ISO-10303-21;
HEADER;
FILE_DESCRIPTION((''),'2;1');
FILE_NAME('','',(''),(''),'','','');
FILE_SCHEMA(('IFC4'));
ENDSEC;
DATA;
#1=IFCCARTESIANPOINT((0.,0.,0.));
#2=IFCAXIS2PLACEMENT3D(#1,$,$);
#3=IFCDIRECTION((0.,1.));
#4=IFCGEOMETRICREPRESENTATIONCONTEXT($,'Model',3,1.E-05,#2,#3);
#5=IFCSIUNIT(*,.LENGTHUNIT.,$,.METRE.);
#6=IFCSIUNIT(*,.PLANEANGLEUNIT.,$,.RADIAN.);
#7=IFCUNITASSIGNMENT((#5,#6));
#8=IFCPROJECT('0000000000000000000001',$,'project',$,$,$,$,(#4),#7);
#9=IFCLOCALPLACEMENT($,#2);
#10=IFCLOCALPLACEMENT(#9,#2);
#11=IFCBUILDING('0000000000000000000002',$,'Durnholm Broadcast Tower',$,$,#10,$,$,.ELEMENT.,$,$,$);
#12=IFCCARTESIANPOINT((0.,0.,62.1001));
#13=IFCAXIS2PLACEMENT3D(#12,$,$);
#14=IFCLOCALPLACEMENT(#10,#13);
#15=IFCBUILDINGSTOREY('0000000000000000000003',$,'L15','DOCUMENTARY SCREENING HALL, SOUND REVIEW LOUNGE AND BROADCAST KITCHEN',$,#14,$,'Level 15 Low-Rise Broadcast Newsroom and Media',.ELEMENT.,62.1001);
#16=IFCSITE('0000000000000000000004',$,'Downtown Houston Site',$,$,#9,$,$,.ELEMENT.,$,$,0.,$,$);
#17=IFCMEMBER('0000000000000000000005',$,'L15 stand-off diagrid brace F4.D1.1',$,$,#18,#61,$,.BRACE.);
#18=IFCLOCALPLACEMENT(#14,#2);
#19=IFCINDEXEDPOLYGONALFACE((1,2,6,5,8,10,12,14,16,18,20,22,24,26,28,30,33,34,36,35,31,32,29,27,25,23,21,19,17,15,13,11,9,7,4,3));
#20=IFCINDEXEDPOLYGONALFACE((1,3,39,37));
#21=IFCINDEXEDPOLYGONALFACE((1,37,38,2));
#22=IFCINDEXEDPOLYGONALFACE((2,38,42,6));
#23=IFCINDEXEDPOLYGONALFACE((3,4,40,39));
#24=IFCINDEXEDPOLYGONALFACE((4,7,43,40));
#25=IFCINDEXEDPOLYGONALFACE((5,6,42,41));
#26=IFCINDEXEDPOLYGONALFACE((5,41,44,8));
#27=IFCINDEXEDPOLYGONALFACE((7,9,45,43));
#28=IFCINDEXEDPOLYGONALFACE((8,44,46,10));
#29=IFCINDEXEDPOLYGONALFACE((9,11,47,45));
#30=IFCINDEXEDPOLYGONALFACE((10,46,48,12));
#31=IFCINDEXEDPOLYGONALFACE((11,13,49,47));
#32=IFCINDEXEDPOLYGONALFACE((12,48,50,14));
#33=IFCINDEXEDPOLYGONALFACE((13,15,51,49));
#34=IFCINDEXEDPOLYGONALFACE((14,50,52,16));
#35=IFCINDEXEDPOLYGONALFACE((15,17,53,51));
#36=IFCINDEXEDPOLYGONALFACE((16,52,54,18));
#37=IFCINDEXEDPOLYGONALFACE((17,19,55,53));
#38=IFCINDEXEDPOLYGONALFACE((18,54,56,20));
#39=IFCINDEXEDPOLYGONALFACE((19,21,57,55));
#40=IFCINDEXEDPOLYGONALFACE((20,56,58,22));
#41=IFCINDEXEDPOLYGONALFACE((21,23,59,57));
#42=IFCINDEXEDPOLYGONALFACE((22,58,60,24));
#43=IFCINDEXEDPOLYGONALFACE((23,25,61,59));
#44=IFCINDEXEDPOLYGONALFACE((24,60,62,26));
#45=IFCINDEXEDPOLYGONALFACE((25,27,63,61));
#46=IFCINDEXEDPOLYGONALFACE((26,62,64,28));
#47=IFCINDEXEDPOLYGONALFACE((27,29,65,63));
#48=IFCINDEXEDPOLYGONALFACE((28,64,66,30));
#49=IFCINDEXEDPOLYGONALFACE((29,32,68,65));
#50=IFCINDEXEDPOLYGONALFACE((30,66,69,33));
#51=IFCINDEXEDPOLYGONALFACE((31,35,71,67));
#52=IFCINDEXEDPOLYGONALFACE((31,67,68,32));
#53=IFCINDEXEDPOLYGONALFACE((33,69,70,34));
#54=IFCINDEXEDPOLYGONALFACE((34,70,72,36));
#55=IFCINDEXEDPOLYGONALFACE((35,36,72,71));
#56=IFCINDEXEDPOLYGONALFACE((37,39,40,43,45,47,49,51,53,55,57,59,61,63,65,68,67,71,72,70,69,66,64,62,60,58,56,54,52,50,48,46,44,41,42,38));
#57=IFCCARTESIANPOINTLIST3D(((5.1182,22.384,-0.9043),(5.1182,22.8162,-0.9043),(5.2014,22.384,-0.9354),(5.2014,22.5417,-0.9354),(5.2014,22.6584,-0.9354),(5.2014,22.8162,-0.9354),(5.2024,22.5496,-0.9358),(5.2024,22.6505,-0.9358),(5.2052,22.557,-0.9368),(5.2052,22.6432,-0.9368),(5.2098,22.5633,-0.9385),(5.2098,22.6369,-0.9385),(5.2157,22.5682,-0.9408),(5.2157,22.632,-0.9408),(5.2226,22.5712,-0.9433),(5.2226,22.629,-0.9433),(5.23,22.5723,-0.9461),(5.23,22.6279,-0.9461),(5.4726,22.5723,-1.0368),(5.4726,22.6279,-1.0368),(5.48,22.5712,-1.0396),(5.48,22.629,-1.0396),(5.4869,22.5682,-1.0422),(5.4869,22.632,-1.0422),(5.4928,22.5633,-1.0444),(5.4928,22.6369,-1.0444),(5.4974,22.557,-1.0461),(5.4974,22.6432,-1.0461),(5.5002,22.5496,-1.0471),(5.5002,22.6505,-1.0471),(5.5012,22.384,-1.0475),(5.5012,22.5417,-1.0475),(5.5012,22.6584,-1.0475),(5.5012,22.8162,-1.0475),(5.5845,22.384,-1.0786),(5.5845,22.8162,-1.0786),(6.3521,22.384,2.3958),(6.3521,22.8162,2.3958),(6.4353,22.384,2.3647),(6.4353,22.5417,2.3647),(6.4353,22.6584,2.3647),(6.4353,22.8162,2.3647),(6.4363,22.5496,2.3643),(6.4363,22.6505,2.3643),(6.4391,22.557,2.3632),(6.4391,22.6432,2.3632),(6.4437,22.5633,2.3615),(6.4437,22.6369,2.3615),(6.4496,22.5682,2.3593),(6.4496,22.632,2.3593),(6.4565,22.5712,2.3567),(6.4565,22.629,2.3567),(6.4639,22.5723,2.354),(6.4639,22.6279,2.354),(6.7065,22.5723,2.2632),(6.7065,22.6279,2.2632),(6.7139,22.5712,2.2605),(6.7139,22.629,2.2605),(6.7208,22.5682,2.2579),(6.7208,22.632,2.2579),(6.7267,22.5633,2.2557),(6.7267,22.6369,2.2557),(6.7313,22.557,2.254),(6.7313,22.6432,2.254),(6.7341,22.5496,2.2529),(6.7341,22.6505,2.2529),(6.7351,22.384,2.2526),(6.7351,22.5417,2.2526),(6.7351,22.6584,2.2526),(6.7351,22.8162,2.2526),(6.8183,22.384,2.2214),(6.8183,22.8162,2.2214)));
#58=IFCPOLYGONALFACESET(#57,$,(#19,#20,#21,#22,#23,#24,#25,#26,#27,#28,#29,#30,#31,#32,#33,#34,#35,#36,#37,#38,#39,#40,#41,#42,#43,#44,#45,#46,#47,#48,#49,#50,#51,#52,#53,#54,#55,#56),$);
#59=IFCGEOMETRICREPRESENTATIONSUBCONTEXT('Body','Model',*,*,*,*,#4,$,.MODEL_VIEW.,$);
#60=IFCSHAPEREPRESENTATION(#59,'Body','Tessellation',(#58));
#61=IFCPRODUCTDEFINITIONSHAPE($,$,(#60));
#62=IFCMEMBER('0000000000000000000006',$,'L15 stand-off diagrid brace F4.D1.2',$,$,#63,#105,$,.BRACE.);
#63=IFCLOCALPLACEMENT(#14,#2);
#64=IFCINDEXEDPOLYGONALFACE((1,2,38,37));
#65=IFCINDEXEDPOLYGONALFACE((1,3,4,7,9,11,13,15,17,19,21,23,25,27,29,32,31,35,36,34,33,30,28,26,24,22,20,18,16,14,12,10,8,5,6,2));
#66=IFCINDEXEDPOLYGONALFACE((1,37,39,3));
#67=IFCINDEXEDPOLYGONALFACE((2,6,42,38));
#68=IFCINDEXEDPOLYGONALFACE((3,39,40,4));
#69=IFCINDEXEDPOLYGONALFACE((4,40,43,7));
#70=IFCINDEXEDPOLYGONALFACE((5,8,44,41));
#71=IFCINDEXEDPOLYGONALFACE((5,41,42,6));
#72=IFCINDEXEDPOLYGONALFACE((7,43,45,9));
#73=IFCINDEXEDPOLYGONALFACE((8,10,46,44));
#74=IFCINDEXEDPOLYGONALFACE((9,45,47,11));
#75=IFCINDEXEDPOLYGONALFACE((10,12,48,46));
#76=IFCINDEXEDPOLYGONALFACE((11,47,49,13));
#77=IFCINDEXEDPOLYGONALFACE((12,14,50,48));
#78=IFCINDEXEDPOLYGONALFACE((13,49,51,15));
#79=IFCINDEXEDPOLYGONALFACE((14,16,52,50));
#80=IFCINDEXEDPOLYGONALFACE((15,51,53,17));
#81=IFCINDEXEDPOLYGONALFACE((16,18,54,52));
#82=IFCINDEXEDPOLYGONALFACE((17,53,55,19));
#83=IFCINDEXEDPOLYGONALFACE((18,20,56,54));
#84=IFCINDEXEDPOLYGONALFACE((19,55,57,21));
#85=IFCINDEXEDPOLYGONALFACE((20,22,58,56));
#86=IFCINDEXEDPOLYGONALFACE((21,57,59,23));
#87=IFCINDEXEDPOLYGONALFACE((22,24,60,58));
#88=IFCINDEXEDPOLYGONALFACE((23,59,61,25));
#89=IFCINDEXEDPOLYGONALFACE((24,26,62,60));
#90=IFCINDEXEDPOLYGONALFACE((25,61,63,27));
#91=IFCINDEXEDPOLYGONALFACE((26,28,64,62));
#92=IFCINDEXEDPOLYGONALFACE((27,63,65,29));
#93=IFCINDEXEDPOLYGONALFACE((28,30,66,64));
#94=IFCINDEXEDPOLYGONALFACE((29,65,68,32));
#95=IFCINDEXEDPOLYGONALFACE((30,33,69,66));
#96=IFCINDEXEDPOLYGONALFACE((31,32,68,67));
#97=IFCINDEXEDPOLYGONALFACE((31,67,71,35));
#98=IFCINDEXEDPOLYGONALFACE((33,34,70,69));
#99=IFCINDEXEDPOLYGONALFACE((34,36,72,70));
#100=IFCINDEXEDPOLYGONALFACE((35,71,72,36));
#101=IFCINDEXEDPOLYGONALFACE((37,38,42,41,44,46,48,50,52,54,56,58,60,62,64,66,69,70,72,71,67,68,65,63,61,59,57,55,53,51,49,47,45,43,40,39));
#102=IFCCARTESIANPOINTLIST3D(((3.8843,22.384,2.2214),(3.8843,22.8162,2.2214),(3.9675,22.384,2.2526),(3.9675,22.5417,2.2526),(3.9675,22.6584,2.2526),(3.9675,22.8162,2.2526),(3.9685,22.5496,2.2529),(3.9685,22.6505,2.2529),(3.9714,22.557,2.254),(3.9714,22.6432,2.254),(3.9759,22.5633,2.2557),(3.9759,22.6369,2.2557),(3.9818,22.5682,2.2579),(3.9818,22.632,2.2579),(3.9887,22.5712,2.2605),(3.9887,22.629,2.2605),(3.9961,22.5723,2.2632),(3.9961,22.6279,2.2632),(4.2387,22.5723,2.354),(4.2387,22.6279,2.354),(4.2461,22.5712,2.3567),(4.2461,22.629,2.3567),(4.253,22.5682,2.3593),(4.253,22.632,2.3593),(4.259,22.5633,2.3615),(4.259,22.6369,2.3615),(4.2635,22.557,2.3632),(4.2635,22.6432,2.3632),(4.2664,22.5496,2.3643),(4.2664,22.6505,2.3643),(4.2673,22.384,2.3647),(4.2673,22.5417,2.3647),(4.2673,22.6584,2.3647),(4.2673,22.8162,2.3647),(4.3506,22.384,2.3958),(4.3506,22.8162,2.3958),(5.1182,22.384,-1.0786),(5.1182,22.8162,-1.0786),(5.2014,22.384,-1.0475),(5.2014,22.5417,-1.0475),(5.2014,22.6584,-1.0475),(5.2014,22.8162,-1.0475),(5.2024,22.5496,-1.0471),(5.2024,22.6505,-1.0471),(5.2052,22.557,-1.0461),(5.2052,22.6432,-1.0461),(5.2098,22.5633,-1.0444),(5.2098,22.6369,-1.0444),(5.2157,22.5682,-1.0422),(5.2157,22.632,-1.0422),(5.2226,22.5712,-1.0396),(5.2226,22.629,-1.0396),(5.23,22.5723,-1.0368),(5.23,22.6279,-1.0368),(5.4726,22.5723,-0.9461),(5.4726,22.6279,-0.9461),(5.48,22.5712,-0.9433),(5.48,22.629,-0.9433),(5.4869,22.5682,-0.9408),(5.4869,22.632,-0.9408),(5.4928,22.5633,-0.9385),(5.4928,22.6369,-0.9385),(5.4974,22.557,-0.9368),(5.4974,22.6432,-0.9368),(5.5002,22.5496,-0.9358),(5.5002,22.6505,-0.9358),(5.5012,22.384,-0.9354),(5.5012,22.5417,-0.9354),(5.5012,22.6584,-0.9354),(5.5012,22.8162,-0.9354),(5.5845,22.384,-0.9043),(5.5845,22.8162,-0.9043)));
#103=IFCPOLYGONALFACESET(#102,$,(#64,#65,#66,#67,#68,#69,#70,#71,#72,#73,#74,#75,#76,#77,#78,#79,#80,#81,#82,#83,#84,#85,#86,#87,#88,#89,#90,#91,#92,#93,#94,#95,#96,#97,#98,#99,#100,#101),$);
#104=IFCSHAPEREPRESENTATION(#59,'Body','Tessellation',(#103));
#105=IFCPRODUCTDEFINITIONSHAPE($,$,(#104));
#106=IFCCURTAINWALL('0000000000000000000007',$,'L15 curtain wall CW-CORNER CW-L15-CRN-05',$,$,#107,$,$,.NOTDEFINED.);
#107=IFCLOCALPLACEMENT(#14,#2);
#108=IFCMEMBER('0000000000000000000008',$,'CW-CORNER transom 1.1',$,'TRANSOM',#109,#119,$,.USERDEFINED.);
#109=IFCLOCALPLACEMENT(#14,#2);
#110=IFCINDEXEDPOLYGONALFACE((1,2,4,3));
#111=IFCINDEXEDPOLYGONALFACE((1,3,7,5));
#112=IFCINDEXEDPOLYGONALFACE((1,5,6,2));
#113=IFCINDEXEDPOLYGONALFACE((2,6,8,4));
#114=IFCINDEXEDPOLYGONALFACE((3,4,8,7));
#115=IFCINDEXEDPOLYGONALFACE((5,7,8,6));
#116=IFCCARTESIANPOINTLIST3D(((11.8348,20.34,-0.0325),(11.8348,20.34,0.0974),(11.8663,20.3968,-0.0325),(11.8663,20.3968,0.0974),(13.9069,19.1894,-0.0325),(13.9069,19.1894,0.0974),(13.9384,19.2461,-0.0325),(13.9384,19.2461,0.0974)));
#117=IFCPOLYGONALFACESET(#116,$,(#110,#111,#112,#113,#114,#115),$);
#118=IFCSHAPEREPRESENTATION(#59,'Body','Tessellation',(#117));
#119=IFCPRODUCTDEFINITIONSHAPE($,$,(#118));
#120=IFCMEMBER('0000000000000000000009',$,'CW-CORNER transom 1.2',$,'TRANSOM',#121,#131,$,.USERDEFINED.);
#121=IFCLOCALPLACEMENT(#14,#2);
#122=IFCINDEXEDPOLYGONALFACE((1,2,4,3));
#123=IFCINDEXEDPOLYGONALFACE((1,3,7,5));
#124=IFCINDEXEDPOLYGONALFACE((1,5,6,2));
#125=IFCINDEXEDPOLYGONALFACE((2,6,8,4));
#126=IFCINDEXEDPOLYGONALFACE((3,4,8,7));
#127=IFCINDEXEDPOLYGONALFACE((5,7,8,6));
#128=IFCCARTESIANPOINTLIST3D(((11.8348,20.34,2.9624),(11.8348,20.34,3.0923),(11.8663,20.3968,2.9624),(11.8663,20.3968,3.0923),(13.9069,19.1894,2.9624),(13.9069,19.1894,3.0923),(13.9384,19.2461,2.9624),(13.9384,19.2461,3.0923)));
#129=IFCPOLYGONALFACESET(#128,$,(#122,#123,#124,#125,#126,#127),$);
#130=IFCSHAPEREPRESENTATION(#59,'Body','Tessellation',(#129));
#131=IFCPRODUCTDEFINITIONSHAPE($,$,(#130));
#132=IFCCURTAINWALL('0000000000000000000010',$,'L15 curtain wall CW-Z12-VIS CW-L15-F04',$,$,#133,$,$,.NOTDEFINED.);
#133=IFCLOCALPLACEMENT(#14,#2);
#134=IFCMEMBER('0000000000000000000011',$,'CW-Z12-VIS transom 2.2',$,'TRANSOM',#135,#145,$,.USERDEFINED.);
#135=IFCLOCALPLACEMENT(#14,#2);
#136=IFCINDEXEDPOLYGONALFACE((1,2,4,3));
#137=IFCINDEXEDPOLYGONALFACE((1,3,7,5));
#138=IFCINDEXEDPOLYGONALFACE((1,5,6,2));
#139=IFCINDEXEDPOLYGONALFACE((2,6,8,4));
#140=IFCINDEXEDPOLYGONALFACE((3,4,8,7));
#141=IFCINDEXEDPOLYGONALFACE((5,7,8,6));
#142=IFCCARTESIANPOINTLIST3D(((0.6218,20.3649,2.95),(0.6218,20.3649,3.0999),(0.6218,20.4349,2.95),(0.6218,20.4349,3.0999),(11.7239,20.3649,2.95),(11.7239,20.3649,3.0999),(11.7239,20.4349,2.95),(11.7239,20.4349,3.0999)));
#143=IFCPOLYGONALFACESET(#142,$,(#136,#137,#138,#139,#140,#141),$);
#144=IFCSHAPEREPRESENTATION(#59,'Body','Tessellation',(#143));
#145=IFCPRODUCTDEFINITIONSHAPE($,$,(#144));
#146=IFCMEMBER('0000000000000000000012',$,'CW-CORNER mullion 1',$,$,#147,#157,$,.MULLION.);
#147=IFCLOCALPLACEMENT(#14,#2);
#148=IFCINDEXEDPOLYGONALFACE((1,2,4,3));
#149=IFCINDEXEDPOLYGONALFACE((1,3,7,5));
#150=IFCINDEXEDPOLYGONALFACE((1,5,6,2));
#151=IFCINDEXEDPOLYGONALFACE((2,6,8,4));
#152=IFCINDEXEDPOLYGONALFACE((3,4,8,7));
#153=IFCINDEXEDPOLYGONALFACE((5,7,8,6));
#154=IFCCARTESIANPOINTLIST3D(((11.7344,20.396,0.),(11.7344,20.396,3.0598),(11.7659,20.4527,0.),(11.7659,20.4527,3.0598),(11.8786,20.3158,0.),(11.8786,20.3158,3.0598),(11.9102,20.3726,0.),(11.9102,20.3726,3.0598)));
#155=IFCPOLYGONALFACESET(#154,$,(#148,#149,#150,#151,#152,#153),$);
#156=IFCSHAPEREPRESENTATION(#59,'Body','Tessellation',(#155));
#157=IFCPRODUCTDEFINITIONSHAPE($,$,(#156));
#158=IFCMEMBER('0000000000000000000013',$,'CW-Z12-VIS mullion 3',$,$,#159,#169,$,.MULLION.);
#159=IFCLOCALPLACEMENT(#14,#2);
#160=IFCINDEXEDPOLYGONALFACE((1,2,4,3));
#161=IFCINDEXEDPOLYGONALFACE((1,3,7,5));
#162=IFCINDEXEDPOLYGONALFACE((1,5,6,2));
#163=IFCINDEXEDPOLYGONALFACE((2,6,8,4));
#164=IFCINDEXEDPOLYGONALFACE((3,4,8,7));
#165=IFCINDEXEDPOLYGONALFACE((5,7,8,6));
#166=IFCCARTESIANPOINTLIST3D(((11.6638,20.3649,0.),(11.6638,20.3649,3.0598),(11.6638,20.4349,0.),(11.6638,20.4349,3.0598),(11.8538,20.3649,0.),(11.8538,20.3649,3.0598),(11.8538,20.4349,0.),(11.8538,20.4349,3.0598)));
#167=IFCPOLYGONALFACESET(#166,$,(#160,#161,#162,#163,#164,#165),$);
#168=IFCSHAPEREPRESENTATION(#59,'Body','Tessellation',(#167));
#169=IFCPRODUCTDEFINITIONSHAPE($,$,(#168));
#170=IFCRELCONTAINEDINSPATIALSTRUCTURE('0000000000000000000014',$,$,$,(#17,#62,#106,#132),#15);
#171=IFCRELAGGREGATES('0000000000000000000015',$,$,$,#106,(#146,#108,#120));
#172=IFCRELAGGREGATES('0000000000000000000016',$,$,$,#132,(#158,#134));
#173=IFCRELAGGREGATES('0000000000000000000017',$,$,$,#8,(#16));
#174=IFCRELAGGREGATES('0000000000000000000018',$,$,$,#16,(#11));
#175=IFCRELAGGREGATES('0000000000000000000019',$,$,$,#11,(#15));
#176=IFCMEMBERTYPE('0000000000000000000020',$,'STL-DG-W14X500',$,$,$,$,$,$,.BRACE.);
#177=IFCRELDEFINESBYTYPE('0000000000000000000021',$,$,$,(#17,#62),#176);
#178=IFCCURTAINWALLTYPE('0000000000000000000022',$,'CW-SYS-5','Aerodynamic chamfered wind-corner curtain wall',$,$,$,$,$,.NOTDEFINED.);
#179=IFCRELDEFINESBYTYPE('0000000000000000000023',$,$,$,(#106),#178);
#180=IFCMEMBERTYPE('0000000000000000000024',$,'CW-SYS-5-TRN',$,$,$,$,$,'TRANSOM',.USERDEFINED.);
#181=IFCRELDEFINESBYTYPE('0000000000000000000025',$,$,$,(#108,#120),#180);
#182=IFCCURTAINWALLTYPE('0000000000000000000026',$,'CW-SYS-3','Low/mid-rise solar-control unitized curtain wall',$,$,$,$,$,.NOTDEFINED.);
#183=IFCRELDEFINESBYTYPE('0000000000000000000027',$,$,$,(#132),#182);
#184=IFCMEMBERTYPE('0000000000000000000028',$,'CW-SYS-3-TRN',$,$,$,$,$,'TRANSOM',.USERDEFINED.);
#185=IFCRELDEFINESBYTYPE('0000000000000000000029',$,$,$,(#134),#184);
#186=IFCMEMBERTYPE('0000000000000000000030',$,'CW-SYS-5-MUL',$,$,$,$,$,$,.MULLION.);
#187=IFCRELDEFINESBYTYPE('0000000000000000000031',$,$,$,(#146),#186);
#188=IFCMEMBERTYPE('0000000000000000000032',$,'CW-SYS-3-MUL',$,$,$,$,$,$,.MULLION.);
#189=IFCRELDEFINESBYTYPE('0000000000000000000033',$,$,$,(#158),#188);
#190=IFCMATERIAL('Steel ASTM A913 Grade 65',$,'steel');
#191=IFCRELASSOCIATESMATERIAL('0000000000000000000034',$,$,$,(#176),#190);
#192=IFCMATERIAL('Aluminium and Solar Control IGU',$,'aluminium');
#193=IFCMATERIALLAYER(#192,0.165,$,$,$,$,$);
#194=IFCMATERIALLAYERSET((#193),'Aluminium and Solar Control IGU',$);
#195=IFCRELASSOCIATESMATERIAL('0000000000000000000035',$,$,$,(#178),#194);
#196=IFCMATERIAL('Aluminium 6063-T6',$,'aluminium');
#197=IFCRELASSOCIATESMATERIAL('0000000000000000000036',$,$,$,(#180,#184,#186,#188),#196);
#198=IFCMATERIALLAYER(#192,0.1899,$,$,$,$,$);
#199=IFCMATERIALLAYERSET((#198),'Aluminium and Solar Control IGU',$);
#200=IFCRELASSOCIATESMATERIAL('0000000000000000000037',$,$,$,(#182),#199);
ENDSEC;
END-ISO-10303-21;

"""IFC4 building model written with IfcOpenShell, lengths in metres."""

from ifc_helpers import new_model, si_unit, direction, frame, origin, origin_2d, place, context, subcontext, project, spatial, rectangle, i_section, extrude, source, transform, mapped, material, layer, layer_set, material_profile, profile_set, type_object, type_shapes, element, aggregate, save


model = new_model("IFC4")

# Units and contexts
model_context = context("Model", 3, precision=1e-05, world=origin(), true_north=direction((0.0, 1.0)))
body_context = subcontext(model_context, "Body", "Model", "MODEL_VIEW")
ifc_project = project(units=[si_unit("LENGTHUNIT", "METRE"), si_unit("PLANEANGLEUNIT", "RADIAN")], contexts=[model_context])

# Site, building, storey
site_placement = place(None, origin())
site = spatial("IfcSite", under=ifc_project, at=site_placement, Name="Downtown Houston Site", CompositionType="ELEMENT", RefElevation=0.0)
building_placement = place(site_placement, origin())
building = spatial("IfcBuilding", under=site, at=building_placement, Name="Durnholm Broadcast Tower", CompositionType="ELEMENT")
storey_placement = place(building_placement, frame((0.0, 0.0, 62.1001)))
storey = spatial("IfcBuildingStorey", under=building, at=storey_placement, Name="L15", Description="DOCUMENTARY SCREENING HALL, SOUND REVIEW LOUNGE AND BROADCAST KITCHEN", LongName="Level 15 Low-Rise Broadcast Newsroom and Media", CompositionType="ELEMENT", Elevation=62.1001)

# Members
ifc_material_1 = material(Name="Steel ASTM A913 Grade 65", Category="steel")
ifc_material_profile_1 = material_profile(ifc_material_1, i_section(OverallWidth=0.4321, OverallDepth=0.4978, WebThickness=0.0557, FlangeThickness=0.0889, FilletRadius=0.0305, at=origin_2d()), Name="W14X500")
ifc_profile_set_1 = profile_set([ifc_material_profile_1], Name="Steel ASTM A913 Grade 65")
member_type_1 = type_object("IfcMemberType", Name="STL-DG-W14X500", PredefinedType="BRACE", material=ifc_profile_set_1)
shared_shape_1 = source(origin(), body_context, "Body", "SweptSolid", [
    extrude(i_section(OverallWidth=0.4321, OverallDepth=0.4978, WebThickness=0.0557, FlangeThickness=0.0889, FilletRadius=0.0305, at=origin_2d()), origin(), (0.0, 0.0, 1.0), 3.5232),
])
type_shapes(member_type_1, [shared_shape_1])
for number, where, z_axis, x_axis, name in (
    (1, (5.3513, 22.6001, -0.9915), (0.35022, 0.0, 0.936668), (0.0, 1.0, 0.0), "L15 stand-off diagrid brace F4.D1.1"),
    (2, (5.3513, 22.6001, -0.9915), (-0.35022, 0.0, 0.936668), (0.0, -1.0, 0.0), "L15 stand-off diagrid brace F4.D1.2"),
):
    element("IfcMember", number, at=place(storey_placement, frame(where, z_axis=z_axis, x_axis=x_axis)), inside=storey, type_object=member_type_1, Name=name, PredefinedType="BRACE", context=body_context, shape_type="MappedRepresentation", body=[
        mapped(shared_shape_1, transform((0.0, 0.0, 0.0), x_axis=(1.0, 0.0, 0.0), y_axis=(0.0, 1.0, 0.0), z_axis=(0.0, 0.0, 1.0), scale=1.0)),
    ])

# Curtain wall, members
ifc_material_2 = material(Name="Aluminium and Solar Control IGU", Category="aluminium")
ifc_layer_1 = layer(ifc_material_2, 0.165)
ifc_layer_set_1 = layer_set([ifc_layer_1], Name="Aluminium and Solar Control IGU")
curtain_wall_type_1 = type_object("IfcCurtainWallType", Name="CW-SYS-5", Description="Aerodynamic chamfered wind-corner curtain wall", PredefinedType="NOTDEFINED", material=ifc_layer_set_1)
curtain_wall_1_placement = place(storey_placement, origin())
curtain_wall_1 = element("IfcCurtainWall", 3, at=curtain_wall_1_placement, inside=storey, type_object=curtain_wall_type_1, Name="L15 curtain wall CW-CORNER CW-L15-CRN-05", PredefinedType="NOTDEFINED")
ifc_material_3 = material(Name="Aluminium 6063-T6", Category="aluminium")
ifc_material_profile_2 = material_profile(ifc_material_3, rectangle(XDim=0.0649, YDim=0.1299, at=origin_2d()), Name="CWT65X130")
ifc_profile_set_2 = profile_set([ifc_material_profile_2], Name="Aluminium 6063-T6")
member_type_2 = type_object("IfcMemberType", Name="CW-SYS-5-TRN", ElementType="TRANSOM", PredefinedType="USERDEFINED", material=ifc_profile_set_2)
shared_shape_2 = source(origin(), body_context, "Body", "SweptSolid", [
    extrude(rectangle(XDim=0.0649, YDim=0.1299, at=origin_2d()), origin(), (0.0, 0.0, 1.0), 2.3701),
])
type_shapes(member_type_2, [shared_shape_2])
member_1_placement = place(storey_placement, frame((11.8506, 20.3684, 0.0325), z_axis=(0.874245, -0.485485, 0.0), x_axis=(0.485485, 0.874245, 0.0)))
member_1 = element("IfcMember", 4, at=member_1_placement, type_object=member_type_2, Name="CW-CORNER transom 1.1", ObjectType="TRANSOM", PredefinedType="USERDEFINED", context=body_context, shape_type="MappedRepresentation", body=[
    mapped(shared_shape_2, transform((0.0, 0.0, 0.0), x_axis=(1.0, 0.0, 0.0), y_axis=(0.0, 1.0, 0.0), z_axis=(0.0, 0.0, 1.0), scale=1.0)),
])
member_2_placement = place(storey_placement, frame((11.8506, 20.3684, 3.0273), z_axis=(0.874245, -0.485485, 0.0), x_axis=(0.485485, 0.874245, 0.0)))
member_2 = element("IfcMember", 5, at=member_2_placement, type_object=member_type_2, Name="CW-CORNER transom 1.2", ObjectType="TRANSOM", PredefinedType="USERDEFINED", context=body_context, shape_type="MappedRepresentation", body=[
    mapped(shared_shape_2, transform((0.0, 0.0, 0.0), x_axis=(1.0, 0.0, 0.0), y_axis=(0.0, 1.0, 0.0), z_axis=(0.0, 0.0, 1.0), scale=1.0)),
])

# Curtain wall, member
ifc_layer_2 = layer(ifc_material_2, 0.1899)
ifc_layer_set_2 = layer_set([ifc_layer_2], Name="Aluminium and Solar Control IGU")
curtain_wall_type_2 = type_object("IfcCurtainWallType", Name="CW-SYS-3", Description="Low/mid-rise solar-control unitized curtain wall", PredefinedType="NOTDEFINED", material=ifc_layer_set_2)
curtain_wall_2_placement = place(storey_placement, origin())
curtain_wall_2 = element("IfcCurtainWall", 6, at=curtain_wall_2_placement, inside=storey, type_object=curtain_wall_type_2, Name="L15 curtain wall CW-Z12-VIS CW-L15-F04", PredefinedType="NOTDEFINED")
ifc_material_profile_3 = material_profile(ifc_material_3, rectangle(XDim=0.0701, YDim=0.1499, at=origin_2d()), Name="CWT70X150")
ifc_profile_set_3 = profile_set([ifc_material_profile_3], Name="Aluminium 6063-T6")
member_type_3 = type_object("IfcMemberType", Name="CW-SYS-3-TRN", ElementType="TRANSOM", PredefinedType="USERDEFINED", material=ifc_profile_set_3)
shared_shape_3 = source(origin(), body_context, "Body", "SweptSolid", [
    extrude(rectangle(XDim=0.0701, YDim=0.1499, at=origin_2d()), origin(), (0.0, 0.0, 1.0), 11.1021),
])
type_shapes(member_type_3, [shared_shape_3])
member_3_placement = place(storey_placement, frame((0.6218, 20.3999, 3.0249), z_axis=(1.0, 0.0, 0.0), x_axis=(0.0, 1.0, 0.0)))
member_3 = element("IfcMember", 7, at=member_3_placement, type_object=member_type_3, Name="CW-Z12-VIS transom 2.2", ObjectType="TRANSOM", PredefinedType="USERDEFINED", context=body_context, shape_type="MappedRepresentation", body=[
    mapped(shared_shape_3, transform((0.0, 0.0, 0.0), x_axis=(1.0, 0.0, 0.0), y_axis=(0.0, 1.0, 0.0), z_axis=(0.0, 0.0, 1.0), scale=1.0)),
])

# Members
ifc_material_profile_4 = material_profile(ifc_material_3, rectangle(XDim=0.0649, YDim=0.165, at=origin_2d()), Name="CWM65X165")
ifc_profile_set_4 = profile_set([ifc_material_profile_4], Name="Aluminium 6063-T6")
member_type_4 = type_object("IfcMemberType", Name="CW-SYS-5-MUL", PredefinedType="MULLION", material=ifc_profile_set_4)
shared_shape_4 = source(origin(), body_context, "Body", "SweptSolid", [
    extrude(rectangle(XDim=0.0649, YDim=0.165, at=origin_2d()), origin(), (0.0, 0.0, 1.0), 3.0598),
])
type_shapes(member_type_4, [shared_shape_4])
member_4_placement = place(storey_placement, frame((11.8223, 20.3843, 0.0), z_axis=(0.0, 0.0, 1.0), x_axis=(0.485483, 0.874246, 0.0)))
member_4 = element("IfcMember", 8, at=member_4_placement, type_object=member_type_4, Name="CW-CORNER mullion 1", PredefinedType="MULLION", context=body_context, shape_type="MappedRepresentation", body=[
    mapped(shared_shape_4, transform((0.0, 0.0, 0.0), x_axis=(1.0, 0.0, 0.0), y_axis=(0.0, 1.0, 0.0), z_axis=(0.0, 0.0, 1.0), scale=1.0)),
])
aggregate(curtain_wall_1, [member_4, member_1, member_2])
ifc_material_profile_5 = material_profile(ifc_material_3, rectangle(XDim=0.0701, YDim=0.1899, at=origin_2d()), Name="CWM70X190")
ifc_profile_set_5 = profile_set([ifc_material_profile_5], Name="Aluminium 6063-T6")
member_type_5 = type_object("IfcMemberType", Name="CW-SYS-3-MUL", PredefinedType="MULLION", material=ifc_profile_set_5)
shared_shape_5 = source(origin(), body_context, "Body", "SweptSolid", [
    extrude(rectangle(XDim=0.0701, YDim=0.1899, at=origin_2d()), origin(), (0.0, 0.0, 1.0), 3.0598),
])
type_shapes(member_type_5, [shared_shape_5])
member_5_placement = place(storey_placement, frame((11.7588, 20.3999, 0.0), z_axis=(0.0, 0.0, 1.0), x_axis=(0.0, 1.0, 0.0)))
member_5 = element("IfcMember", 9, at=member_5_placement, type_object=member_type_5, Name="CW-Z12-VIS mullion 3", PredefinedType="MULLION", context=body_context, shape_type="MappedRepresentation", body=[
    mapped(shared_shape_5, transform((0.0, 0.0, 0.0), x_axis=(1.0, 0.0, 0.0), y_axis=(0.0, 1.0, 0.0), z_axis=(0.0, 0.0, 1.0), scale=1.0)),
])

aggregate(curtain_wall_2, [member_5, member_3])

save(model, "model.ifc")
